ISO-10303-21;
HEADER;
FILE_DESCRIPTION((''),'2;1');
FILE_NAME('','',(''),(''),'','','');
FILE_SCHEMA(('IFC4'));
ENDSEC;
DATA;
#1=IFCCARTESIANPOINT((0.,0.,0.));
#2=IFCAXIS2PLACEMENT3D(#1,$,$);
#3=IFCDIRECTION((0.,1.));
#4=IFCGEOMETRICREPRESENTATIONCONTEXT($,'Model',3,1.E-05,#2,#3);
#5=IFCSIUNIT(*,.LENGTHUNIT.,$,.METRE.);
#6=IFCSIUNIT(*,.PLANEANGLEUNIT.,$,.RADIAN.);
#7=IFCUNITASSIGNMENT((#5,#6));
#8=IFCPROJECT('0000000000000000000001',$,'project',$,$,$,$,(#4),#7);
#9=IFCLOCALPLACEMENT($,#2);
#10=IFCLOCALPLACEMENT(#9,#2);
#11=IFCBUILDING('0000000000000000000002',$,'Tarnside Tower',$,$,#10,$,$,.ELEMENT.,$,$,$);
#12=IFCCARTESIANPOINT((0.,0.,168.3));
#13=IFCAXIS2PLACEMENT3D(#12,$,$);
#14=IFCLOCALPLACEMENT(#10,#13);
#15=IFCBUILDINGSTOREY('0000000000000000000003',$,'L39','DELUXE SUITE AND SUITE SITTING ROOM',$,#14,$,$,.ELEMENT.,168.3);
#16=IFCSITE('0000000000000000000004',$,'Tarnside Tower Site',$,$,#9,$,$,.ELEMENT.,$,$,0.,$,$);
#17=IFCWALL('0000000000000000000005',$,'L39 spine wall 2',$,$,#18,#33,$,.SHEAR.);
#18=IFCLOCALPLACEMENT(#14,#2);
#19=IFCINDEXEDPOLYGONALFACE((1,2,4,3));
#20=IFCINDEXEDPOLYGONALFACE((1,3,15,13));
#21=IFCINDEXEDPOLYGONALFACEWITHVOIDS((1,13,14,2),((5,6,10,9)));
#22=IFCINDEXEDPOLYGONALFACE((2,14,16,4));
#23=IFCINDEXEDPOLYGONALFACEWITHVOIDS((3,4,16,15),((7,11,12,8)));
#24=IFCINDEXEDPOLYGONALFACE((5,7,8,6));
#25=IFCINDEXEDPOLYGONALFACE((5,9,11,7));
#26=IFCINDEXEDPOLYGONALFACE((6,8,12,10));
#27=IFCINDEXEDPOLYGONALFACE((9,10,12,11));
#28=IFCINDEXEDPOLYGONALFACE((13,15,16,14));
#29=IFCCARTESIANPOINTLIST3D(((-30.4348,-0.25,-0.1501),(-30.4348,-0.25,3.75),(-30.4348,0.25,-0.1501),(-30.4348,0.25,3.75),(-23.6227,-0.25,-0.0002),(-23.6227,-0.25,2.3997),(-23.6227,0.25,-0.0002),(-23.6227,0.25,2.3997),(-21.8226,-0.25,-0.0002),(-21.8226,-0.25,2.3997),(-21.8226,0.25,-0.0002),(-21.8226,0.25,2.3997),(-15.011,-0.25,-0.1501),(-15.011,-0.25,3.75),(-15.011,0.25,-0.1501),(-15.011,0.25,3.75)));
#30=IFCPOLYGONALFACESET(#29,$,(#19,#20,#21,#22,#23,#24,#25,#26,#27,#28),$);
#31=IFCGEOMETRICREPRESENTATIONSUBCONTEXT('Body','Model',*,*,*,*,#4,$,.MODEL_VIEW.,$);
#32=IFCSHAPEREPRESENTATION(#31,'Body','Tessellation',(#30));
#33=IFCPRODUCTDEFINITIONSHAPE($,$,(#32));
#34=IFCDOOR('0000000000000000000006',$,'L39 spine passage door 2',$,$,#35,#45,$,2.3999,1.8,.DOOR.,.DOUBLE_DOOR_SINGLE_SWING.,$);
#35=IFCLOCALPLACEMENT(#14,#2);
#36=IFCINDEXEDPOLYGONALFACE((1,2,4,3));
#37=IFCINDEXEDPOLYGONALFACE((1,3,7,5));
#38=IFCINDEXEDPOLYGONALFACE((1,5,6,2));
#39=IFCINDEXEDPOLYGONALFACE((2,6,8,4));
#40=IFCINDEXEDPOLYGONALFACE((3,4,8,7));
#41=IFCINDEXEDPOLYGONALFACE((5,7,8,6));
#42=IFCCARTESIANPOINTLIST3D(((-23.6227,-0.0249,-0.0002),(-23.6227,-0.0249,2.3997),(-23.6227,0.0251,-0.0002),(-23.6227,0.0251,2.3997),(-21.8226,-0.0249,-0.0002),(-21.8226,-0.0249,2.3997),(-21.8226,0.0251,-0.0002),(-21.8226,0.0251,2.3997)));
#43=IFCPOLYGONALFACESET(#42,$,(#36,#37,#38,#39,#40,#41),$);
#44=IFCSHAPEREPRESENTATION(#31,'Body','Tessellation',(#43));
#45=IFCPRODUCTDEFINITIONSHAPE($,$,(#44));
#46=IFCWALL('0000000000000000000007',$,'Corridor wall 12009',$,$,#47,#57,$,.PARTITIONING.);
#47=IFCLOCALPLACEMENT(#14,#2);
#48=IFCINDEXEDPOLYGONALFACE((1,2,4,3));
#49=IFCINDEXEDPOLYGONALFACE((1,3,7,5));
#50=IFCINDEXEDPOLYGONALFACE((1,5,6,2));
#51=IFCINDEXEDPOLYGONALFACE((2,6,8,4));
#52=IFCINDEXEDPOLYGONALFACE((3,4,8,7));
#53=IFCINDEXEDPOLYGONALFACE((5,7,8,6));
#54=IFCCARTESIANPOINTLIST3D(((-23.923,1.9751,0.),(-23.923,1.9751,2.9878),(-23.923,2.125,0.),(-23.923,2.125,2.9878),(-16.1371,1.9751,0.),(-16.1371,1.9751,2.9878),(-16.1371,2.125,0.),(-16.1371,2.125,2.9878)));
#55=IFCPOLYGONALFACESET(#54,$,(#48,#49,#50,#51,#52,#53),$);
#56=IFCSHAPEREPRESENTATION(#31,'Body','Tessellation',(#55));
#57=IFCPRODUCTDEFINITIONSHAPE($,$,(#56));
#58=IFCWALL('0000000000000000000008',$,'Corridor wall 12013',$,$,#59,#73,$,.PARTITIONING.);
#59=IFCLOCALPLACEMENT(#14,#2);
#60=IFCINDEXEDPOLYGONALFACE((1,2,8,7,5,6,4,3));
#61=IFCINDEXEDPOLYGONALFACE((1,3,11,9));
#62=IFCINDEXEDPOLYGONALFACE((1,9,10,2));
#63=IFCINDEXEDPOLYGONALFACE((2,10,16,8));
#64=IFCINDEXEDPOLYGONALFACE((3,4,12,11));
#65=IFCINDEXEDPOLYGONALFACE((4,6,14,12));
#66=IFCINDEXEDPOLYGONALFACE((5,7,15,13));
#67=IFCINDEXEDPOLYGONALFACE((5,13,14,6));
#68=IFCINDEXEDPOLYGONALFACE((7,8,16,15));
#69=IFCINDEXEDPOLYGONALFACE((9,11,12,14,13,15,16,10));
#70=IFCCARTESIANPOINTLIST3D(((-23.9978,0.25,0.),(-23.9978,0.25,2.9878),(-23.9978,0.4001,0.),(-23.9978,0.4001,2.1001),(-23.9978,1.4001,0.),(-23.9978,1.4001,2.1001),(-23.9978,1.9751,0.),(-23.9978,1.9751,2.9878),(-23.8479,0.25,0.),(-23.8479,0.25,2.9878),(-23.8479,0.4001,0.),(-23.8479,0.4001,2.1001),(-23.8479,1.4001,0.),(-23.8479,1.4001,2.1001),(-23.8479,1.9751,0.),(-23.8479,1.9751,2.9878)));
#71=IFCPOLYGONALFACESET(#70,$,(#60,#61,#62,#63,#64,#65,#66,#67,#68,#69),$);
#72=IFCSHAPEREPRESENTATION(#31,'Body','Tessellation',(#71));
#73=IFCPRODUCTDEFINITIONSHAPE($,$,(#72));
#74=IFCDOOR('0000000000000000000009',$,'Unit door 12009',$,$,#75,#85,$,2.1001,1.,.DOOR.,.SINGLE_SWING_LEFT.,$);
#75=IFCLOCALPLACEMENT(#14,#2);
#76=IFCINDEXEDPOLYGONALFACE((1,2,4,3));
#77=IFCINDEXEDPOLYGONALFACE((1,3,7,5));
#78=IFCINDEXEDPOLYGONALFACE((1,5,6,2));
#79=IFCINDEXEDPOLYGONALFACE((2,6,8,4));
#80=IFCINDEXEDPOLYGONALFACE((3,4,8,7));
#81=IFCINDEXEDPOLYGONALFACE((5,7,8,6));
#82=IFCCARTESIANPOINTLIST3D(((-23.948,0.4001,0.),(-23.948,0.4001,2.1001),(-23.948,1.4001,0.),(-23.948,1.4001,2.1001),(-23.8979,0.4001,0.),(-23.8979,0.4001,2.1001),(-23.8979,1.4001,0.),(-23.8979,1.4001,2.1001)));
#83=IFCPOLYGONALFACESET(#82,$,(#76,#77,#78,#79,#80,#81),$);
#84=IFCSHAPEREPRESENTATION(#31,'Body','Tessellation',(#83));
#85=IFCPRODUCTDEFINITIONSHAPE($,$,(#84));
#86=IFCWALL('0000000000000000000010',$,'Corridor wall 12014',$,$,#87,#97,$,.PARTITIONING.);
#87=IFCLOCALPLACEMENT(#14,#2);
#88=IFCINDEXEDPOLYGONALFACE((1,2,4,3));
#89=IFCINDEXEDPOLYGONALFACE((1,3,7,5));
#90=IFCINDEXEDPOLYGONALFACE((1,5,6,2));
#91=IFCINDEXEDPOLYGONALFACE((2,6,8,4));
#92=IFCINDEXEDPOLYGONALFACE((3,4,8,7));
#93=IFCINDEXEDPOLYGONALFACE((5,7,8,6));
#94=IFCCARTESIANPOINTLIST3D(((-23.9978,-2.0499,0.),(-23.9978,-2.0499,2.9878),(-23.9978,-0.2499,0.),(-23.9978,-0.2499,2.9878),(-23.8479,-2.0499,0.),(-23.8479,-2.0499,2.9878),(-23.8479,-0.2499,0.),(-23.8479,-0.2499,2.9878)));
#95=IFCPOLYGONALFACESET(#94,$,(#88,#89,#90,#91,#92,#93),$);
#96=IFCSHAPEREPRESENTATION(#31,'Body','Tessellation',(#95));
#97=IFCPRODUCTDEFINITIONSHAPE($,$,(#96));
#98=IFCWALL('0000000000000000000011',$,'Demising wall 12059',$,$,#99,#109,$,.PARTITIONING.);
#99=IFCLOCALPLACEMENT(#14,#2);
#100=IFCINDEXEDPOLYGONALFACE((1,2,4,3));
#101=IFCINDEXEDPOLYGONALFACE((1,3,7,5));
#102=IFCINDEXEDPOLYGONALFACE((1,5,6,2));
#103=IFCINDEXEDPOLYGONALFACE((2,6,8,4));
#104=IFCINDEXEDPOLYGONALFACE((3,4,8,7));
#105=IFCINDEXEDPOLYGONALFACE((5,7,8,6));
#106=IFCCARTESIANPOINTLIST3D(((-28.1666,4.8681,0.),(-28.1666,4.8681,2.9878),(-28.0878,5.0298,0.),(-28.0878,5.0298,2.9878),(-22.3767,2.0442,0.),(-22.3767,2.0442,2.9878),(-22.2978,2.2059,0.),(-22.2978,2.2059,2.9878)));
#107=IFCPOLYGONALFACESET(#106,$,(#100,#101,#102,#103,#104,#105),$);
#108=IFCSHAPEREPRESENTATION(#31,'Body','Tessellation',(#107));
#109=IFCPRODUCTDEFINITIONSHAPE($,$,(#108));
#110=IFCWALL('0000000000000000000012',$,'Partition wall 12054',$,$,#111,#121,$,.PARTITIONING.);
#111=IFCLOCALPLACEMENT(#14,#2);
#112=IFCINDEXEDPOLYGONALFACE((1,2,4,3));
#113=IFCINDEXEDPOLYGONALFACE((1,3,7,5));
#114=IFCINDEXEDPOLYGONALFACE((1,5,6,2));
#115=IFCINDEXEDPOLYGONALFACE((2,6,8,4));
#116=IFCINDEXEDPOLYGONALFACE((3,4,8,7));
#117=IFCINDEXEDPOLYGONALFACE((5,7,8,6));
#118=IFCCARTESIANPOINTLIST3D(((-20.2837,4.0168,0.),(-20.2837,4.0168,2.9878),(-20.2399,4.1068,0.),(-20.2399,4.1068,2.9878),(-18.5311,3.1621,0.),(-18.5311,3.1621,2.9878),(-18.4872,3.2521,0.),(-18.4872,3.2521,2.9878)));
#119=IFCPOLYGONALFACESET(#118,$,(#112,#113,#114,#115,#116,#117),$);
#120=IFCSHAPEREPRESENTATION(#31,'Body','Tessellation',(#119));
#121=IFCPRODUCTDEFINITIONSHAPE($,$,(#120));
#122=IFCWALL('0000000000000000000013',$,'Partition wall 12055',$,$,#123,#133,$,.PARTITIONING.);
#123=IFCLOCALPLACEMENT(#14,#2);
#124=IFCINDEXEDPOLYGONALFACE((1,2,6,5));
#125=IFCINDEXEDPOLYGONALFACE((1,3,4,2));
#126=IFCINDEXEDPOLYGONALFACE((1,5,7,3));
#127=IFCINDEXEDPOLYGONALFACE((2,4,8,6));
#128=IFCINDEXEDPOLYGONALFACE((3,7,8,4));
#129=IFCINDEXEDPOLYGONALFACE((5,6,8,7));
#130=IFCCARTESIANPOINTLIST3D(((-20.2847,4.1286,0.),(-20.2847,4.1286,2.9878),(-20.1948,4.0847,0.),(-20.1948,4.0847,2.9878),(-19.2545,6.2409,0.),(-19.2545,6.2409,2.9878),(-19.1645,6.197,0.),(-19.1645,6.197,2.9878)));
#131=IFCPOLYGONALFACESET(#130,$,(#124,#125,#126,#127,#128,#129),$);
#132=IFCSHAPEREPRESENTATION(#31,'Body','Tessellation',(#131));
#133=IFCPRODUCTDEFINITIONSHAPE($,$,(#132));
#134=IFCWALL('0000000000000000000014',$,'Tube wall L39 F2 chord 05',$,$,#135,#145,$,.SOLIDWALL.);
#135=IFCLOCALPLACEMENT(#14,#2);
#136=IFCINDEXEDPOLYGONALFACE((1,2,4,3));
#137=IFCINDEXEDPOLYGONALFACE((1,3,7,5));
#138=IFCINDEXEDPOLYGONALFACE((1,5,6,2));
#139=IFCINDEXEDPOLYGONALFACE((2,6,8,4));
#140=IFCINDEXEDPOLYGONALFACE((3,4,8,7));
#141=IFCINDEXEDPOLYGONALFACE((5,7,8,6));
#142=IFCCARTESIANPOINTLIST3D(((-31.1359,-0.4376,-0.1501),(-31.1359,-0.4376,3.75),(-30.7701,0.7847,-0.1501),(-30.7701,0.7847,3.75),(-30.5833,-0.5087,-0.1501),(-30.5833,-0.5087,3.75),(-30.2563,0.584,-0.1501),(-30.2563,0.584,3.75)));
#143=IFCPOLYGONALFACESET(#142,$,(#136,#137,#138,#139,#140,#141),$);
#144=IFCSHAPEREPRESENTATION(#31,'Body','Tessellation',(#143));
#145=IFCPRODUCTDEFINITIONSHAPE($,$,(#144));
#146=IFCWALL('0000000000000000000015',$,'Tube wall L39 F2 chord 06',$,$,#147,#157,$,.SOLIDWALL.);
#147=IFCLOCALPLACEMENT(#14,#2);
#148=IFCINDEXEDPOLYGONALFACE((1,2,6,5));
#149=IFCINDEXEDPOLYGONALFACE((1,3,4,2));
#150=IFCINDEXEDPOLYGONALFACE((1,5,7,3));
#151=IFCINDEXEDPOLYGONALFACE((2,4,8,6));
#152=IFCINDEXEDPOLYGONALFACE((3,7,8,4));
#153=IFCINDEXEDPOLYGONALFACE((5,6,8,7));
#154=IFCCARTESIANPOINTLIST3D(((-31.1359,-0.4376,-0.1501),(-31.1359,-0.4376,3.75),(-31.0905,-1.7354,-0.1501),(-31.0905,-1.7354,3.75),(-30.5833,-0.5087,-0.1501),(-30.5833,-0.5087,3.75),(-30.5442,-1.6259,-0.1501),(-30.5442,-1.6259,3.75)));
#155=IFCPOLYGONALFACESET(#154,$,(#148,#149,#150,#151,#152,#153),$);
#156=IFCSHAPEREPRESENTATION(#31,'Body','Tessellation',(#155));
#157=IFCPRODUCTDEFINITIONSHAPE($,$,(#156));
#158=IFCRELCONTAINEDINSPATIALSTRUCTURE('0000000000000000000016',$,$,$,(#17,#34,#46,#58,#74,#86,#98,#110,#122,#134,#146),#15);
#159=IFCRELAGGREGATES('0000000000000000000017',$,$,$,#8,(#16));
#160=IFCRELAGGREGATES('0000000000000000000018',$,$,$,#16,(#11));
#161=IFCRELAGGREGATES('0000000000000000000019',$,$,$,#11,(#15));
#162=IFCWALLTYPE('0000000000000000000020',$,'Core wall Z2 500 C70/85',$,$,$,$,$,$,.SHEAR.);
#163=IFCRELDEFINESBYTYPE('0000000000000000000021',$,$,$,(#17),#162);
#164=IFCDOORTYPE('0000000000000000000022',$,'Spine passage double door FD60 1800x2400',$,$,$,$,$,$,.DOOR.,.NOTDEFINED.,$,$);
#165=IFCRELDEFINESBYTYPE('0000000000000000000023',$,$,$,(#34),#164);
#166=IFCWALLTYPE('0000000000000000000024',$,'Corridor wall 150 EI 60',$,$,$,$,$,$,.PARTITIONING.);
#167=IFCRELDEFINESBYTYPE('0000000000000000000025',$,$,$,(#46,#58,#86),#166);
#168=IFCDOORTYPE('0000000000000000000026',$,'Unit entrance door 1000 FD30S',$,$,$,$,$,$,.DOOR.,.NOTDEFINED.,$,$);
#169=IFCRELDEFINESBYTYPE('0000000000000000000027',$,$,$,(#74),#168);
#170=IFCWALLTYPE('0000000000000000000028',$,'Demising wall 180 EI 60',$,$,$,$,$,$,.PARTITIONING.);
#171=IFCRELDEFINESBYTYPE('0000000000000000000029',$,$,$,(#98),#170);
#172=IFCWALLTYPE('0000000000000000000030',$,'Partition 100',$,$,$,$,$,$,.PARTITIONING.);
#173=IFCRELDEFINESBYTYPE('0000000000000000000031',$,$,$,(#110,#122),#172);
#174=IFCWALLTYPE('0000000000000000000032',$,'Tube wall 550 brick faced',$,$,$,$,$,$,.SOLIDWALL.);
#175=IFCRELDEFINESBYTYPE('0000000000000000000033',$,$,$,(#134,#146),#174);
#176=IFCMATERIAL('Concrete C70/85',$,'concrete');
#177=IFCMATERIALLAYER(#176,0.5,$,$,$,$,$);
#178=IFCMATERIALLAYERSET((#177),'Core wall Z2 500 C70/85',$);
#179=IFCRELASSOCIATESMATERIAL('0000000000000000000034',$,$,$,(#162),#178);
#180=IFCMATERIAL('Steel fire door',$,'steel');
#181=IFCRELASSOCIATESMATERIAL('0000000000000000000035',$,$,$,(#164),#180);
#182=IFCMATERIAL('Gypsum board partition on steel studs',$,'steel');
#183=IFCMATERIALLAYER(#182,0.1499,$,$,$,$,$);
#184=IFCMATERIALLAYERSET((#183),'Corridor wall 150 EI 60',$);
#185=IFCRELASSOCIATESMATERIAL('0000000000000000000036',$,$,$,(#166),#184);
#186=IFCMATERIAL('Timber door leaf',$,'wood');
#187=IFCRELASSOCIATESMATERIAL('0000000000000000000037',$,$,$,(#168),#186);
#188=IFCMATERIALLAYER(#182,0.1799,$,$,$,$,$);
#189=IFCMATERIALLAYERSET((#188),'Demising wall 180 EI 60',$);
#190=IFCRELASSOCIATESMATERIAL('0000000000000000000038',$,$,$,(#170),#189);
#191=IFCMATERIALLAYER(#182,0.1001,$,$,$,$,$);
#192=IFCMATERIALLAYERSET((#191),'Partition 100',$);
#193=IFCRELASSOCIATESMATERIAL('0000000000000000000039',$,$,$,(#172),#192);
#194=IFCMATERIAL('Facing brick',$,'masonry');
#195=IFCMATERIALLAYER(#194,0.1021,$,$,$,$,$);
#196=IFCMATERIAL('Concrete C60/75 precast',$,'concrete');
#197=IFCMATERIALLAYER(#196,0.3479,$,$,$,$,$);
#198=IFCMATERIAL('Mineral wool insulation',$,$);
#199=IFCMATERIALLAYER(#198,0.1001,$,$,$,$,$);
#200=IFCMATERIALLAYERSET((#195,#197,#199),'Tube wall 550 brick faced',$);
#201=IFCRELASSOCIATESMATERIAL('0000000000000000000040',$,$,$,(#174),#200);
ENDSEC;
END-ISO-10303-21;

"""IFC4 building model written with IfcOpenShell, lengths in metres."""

from ifc_helpers import new_model, si_unit, direction, frame, frame_2d, origin, place, context, subcontext, project, spatial, polyline, rectangle, outline, extrude, material, layer, layer_set, type_object, element, fill, save


model = new_model("IFC4")

# Units and contexts
model_context = context("Model", 3, precision=1e-05, world=origin(), true_north=direction((0.0, 1.0)))
body_context = subcontext(model_context, "Body", "Model", "MODEL_VIEW")
ifc_project = project(units=[si_unit("LENGTHUNIT", "METRE"), si_unit("PLANEANGLEUNIT", "RADIAN")], contexts=[model_context])

# Site, building, storey
site_placement = place(None, origin())
site = spatial("IfcSite", under=ifc_project, at=site_placement, Name="Tarnside Tower Site", CompositionType="ELEMENT", RefElevation=0.0)
building_placement = place(site_placement, origin())
building = spatial("IfcBuilding", under=site, at=building_placement, Name="Tarnside Tower", CompositionType="ELEMENT")
storey_placement = place(building_placement, frame((0.0, 0.0, 168.3)))
storey = spatial("IfcBuildingStorey", under=building, at=storey_placement, Name="L39", Description="DELUXE SUITE AND SUITE SITTING ROOM", CompositionType="ELEMENT", Elevation=168.3)

# Shared definitions
ifc_material_1 = material(Name="Gypsum board partition on steel studs", Category="steel")

# Wall, opening, door
ifc_material_2 = material(Name="Concrete C70/85", Category="concrete")
ifc_layer_1 = layer(ifc_material_2, 0.5)
ifc_layer_set_1 = layer_set([ifc_layer_1], Name="Core wall Z2 500 C70/85")
wall_type_1 = type_object("IfcWallType", Name="Core wall Z2 500 C70/85", PredefinedType="SHEAR", material=ifc_layer_set_1)
ifc_material_3 = material(Name="Steel fire door", Category="steel")
wall_1_placement = place(storey_placement, frame((-15.011, 0.0, -0.1501), z_axis=(0.0, 0.0, 1.0), x_axis=(-1.0, 0.0, 0.0)))
wall_1 = element("IfcWall", 1, at=wall_1_placement, inside=storey, type_object=wall_type_1, Name="L39 spine wall 2", PredefinedType="SHEAR", context=body_context, shape_type="SweptSolid", body=[
    extrude(rectangle(XDim=15.4238, YDim=0.5, at=frame_2d((7.7119, 0.0))), origin(), (0.0, 0.0, 1.0), 3.9001),
])
opening_1_placement = place(wall_1_placement, frame((6.8118, 0.0, 0.1499)))
opening_1 = element("IfcOpeningElement", 2, at=opening_1_placement, cuts=wall_1, PredefinedType="OPENING", context=body_context, shape_type="SweptSolid", body=[
    extrude(rectangle(XDim=1.8, YDim=2.3999, at=frame_2d((0.8999, 1.2))), frame((0.0, 0.26, 0.0), z_axis=(0.0, -1.0, 0.0), x_axis=(1.0, 0.0, 0.0)), (0.0, 0.0, 1.0), 0.52),
])
door_type_1 = type_object("IfcDoorType", Name="Spine passage double door FD60 1800x2400", OperationType="NOTDEFINED", PredefinedType="DOOR", material=ifc_material_3)
door_1_placement = place(opening_1_placement, origin())
door_1 = element("IfcDoor", 3, at=door_1_placement, inside=storey, type_object=door_type_1, Name="L39 spine passage door 2", OperationType="DOUBLE_DOOR_SINGLE_SWING", OverallHeight=2.3999, OverallWidth=1.8, PredefinedType="DOOR", context=body_context, shape_type="SweptSolid", body=[
    extrude(rectangle(XDim=1.8, YDim=2.3999, at=frame_2d((0.8999, 1.2))), frame((0.0, 0.0249, 0.0), z_axis=(0.0, -1.0, 0.0), x_axis=(1.0, 0.0, 0.0)), (0.0, 0.0, 1.0), 0.05),
])
fill(opening_1, door_1)

# Wall
ifc_layer_2 = layer(ifc_material_1, 0.1499)
ifc_layer_set_2 = layer_set([ifc_layer_2], Name="Corridor wall 150 EI 60")
wall_type_2 = type_object("IfcWallType", Name="Corridor wall 150 EI 60", PredefinedType="PARTITIONING", material=ifc_layer_set_2)
wall_2_placement = place(storey_placement, frame((-16.137, 2.05, 0.0), z_axis=(0.0, 0.0, 1.0), x_axis=(-1.0, 0.0, 0.0)))
element("IfcWall", 4, at=wall_2_placement, inside=storey, type_object=wall_type_2, Name="Corridor wall 12009", PredefinedType="PARTITIONING", context=body_context, shape_type="SweptSolid", body=[
    extrude(rectangle(XDim=7.7859, YDim=0.1499, at=frame_2d((3.8931, 0.0))), origin(), (0.0, 0.0, 1.0), 2.9878),
])

# Wall, opening, door
wall_3_placement = place(storey_placement, frame((-23.9229, 1.9751, 0.0), z_axis=(0.0, 0.0, 1.0), x_axis=(0.0, -1.0, 0.0)))
wall_3 = element("IfcWall", 5, at=wall_3_placement, inside=storey, type_object=wall_type_2, Name="Corridor wall 12013", PredefinedType="PARTITIONING", context=body_context, shape_type="SweptSolid", body=[
    extrude(rectangle(XDim=1.7251, YDim=0.1499, at=frame_2d((0.8625, 0.0))), origin(), (0.0, 0.0, 1.0), 2.9878),
])
opening_2_placement = place(wall_3_placement, frame((0.575, 0.0, 0.0)))
opening_2 = element("IfcOpeningElement", 6, at=opening_2_placement, cuts=wall_3, PredefinedType="OPENING", context=body_context, shape_type="SweptSolid", body=[
    extrude(rectangle(XDim=1.0, YDim=2.1001, at=frame_2d((0.5, 1.05))), frame((0.0, 0.085, 0.0), z_axis=(0.0, -1.0, 0.0), x_axis=(1.0, 0.0, 0.0)), (0.0, 0.0, 1.0), 0.1699),
])
ifc_material_4 = material(Name="Timber door leaf", Category="wood")
door_type_2 = type_object("IfcDoorType", Name="Unit entrance door 1000 FD30S", OperationType="NOTDEFINED", PredefinedType="DOOR", material=ifc_material_4)
door_2_placement = place(opening_2_placement, origin())
door_2 = element("IfcDoor", 7, at=door_2_placement, inside=storey, type_object=door_type_2, Name="Unit door 12009", OperationType="SINGLE_SWING_LEFT", OverallHeight=2.1001, OverallWidth=1.0, PredefinedType="DOOR", context=body_context, shape_type="SweptSolid", body=[
    extrude(rectangle(XDim=1.0, YDim=2.1001, at=frame_2d((0.5, 1.05))), frame((0.0, 0.0249, 0.0), z_axis=(0.0, -1.0, 0.0), x_axis=(1.0, 0.0, 0.0)), (0.0, 0.0, 1.0), 0.05),
])
fill(opening_2, door_2)

# Walls
wall_4_placement = place(storey_placement, frame((-23.9229, -0.25, 0.0), z_axis=(0.0, 0.0, 1.0), x_axis=(0.0, -1.0, 0.0)))
element("IfcWall", 8, at=wall_4_placement, inside=storey, type_object=wall_type_2, Name="Corridor wall 12014", PredefinedType="PARTITIONING", context=body_context, shape_type="SweptSolid", body=[
    extrude(rectangle(XDim=1.8, YDim=0.1499, at=frame_2d((0.8999, 0.0))), origin(), (0.0, 0.0, 1.0), 2.9878),
])
ifc_layer_3 = layer(ifc_material_1, 0.1799)
ifc_layer_set_3 = layer_set([ifc_layer_3], Name="Demising wall 180 EI 60")
wall_type_3 = type_object("IfcWallType", Name="Demising wall 180 EI 60", PredefinedType="PARTITIONING", material=ifc_layer_set_3)
wall_5_placement = place(storey_placement, frame((-28.1272, 4.949, 0.0), z_axis=(0.0, 0.0, 1.0), x_axis=(0.898795, -0.438369, 0.0)))
element("IfcWall", 9, at=wall_5_placement, inside=storey, type_object=wall_type_3, Name="Demising wall 12059", PredefinedType="PARTITIONING", context=body_context, shape_type="SweptSolid", body=[
    extrude(rectangle(XDim=6.4419, YDim=0.1799, at=frame_2d((3.2209, 0.0))), origin(), (0.0, 0.0, 1.0), 2.9878),
])
ifc_layer_4 = layer(ifc_material_1, 0.1001)
ifc_layer_set_4 = layer_set([ifc_layer_4], Name="Partition 100")
wall_type_4 = type_object("IfcWallType", Name="Partition 100", PredefinedType="PARTITIONING", material=ifc_layer_set_4)
wall_6_placement = place(storey_placement, frame((-18.509, 3.207, 0.0), z_axis=(0.0, 0.0, 1.0), x_axis=(-0.898815, 0.438327, 0.0)))
element("IfcWall", 10, at=wall_6_placement, inside=storey, type_object=wall_type_4, Name="Partition wall 12054", PredefinedType="PARTITIONING", context=body_context, shape_type="SweptSolid", body=[
    extrude(rectangle(XDim=1.95, YDim=0.1001, at=frame_2d((0.9751, 0.0))), origin(), (0.0, 0.0, 1.0), 2.9878),
])
wall_7_placement = place(storey_placement, frame((-20.2397, 4.1067, 0.0), z_axis=(0.0, 0.0, 1.0), x_axis=(0.438383, 0.898788, 0.0)))
element("IfcWall", 11, at=wall_7_placement, inside=storey, type_object=wall_type_4, Name="Partition wall 12055", PredefinedType="PARTITIONING", context=body_context, shape_type="SweptSolid", body=[
    extrude(rectangle(XDim=2.3501, YDim=0.1001, at=frame_2d((1.175, 0.0))), origin(), (0.0, 0.0, 1.0), 2.9878),
])
ifc_material_5 = material(Name="Facing brick", Category="masonry")
ifc_layer_5 = layer(ifc_material_5, 0.1021)
ifc_material_6 = material(Name="Concrete C60/75 precast", Category="concrete")
ifc_layer_6 = layer(ifc_material_6, 0.3479)
ifc_material_7 = material(Name="Mineral wool insulation")
ifc_layer_7 = layer(ifc_material_7, 0.1001)
ifc_layer_set_5 = layer_set([ifc_layer_5, ifc_layer_6, ifc_layer_7], Name="Tube wall 550 brick faced")
wall_type_5 = type_object("IfcWallType", Name="Tube wall 550 brick faced", PredefinedType="SOLIDWALL", material=ifc_layer_set_5)
wall_8_placement = place(storey_placement, frame((-30.5132, 0.6843, -0.1501), z_axis=(0.0, 0.0, 1.0), x_axis=(-0.286736, -0.95801, 0.0)))
element("IfcWall", 12, at=wall_8_placement, inside=storey, type_object=wall_type_5, Name="Tube wall L39 F2 chord 05", PredefinedType="SOLIDWALL", context=body_context, shape_type="SweptSolid", body=[
    extrude(outline(polyline([(-0.0225, -0.2749), (1.2534, -0.2749), (1.1631, 0.2749), (0.0225, 0.2749), (-0.0225, -0.2749)])), origin(), (0.0, 0.0, 1.0), 3.9001),
])
wall_9_placement = place(storey_placement, frame((-30.8596, -0.4731, -0.1501), z_axis=(0.0, 0.0, 1.0), x_axis=(0.034956, -0.999389, 0.0)))
element("IfcWall", 13, at=wall_9_placement, inside=storey, type_object=wall_type_5, Name="Tube wall L39 F2 chord 06", PredefinedType="SOLIDWALL", context=body_context, shape_type="SweptSolid", body=[
    extrude(outline(polyline([(-0.0452, -0.2749), (1.2534, -0.2749), (1.1631, 0.2749), (0.0452, 0.2749), (-0.0452, -0.2749)])), origin(), (0.0, 0.0, 1.0), 3.9001),
])

save(model, "model.ifc")
